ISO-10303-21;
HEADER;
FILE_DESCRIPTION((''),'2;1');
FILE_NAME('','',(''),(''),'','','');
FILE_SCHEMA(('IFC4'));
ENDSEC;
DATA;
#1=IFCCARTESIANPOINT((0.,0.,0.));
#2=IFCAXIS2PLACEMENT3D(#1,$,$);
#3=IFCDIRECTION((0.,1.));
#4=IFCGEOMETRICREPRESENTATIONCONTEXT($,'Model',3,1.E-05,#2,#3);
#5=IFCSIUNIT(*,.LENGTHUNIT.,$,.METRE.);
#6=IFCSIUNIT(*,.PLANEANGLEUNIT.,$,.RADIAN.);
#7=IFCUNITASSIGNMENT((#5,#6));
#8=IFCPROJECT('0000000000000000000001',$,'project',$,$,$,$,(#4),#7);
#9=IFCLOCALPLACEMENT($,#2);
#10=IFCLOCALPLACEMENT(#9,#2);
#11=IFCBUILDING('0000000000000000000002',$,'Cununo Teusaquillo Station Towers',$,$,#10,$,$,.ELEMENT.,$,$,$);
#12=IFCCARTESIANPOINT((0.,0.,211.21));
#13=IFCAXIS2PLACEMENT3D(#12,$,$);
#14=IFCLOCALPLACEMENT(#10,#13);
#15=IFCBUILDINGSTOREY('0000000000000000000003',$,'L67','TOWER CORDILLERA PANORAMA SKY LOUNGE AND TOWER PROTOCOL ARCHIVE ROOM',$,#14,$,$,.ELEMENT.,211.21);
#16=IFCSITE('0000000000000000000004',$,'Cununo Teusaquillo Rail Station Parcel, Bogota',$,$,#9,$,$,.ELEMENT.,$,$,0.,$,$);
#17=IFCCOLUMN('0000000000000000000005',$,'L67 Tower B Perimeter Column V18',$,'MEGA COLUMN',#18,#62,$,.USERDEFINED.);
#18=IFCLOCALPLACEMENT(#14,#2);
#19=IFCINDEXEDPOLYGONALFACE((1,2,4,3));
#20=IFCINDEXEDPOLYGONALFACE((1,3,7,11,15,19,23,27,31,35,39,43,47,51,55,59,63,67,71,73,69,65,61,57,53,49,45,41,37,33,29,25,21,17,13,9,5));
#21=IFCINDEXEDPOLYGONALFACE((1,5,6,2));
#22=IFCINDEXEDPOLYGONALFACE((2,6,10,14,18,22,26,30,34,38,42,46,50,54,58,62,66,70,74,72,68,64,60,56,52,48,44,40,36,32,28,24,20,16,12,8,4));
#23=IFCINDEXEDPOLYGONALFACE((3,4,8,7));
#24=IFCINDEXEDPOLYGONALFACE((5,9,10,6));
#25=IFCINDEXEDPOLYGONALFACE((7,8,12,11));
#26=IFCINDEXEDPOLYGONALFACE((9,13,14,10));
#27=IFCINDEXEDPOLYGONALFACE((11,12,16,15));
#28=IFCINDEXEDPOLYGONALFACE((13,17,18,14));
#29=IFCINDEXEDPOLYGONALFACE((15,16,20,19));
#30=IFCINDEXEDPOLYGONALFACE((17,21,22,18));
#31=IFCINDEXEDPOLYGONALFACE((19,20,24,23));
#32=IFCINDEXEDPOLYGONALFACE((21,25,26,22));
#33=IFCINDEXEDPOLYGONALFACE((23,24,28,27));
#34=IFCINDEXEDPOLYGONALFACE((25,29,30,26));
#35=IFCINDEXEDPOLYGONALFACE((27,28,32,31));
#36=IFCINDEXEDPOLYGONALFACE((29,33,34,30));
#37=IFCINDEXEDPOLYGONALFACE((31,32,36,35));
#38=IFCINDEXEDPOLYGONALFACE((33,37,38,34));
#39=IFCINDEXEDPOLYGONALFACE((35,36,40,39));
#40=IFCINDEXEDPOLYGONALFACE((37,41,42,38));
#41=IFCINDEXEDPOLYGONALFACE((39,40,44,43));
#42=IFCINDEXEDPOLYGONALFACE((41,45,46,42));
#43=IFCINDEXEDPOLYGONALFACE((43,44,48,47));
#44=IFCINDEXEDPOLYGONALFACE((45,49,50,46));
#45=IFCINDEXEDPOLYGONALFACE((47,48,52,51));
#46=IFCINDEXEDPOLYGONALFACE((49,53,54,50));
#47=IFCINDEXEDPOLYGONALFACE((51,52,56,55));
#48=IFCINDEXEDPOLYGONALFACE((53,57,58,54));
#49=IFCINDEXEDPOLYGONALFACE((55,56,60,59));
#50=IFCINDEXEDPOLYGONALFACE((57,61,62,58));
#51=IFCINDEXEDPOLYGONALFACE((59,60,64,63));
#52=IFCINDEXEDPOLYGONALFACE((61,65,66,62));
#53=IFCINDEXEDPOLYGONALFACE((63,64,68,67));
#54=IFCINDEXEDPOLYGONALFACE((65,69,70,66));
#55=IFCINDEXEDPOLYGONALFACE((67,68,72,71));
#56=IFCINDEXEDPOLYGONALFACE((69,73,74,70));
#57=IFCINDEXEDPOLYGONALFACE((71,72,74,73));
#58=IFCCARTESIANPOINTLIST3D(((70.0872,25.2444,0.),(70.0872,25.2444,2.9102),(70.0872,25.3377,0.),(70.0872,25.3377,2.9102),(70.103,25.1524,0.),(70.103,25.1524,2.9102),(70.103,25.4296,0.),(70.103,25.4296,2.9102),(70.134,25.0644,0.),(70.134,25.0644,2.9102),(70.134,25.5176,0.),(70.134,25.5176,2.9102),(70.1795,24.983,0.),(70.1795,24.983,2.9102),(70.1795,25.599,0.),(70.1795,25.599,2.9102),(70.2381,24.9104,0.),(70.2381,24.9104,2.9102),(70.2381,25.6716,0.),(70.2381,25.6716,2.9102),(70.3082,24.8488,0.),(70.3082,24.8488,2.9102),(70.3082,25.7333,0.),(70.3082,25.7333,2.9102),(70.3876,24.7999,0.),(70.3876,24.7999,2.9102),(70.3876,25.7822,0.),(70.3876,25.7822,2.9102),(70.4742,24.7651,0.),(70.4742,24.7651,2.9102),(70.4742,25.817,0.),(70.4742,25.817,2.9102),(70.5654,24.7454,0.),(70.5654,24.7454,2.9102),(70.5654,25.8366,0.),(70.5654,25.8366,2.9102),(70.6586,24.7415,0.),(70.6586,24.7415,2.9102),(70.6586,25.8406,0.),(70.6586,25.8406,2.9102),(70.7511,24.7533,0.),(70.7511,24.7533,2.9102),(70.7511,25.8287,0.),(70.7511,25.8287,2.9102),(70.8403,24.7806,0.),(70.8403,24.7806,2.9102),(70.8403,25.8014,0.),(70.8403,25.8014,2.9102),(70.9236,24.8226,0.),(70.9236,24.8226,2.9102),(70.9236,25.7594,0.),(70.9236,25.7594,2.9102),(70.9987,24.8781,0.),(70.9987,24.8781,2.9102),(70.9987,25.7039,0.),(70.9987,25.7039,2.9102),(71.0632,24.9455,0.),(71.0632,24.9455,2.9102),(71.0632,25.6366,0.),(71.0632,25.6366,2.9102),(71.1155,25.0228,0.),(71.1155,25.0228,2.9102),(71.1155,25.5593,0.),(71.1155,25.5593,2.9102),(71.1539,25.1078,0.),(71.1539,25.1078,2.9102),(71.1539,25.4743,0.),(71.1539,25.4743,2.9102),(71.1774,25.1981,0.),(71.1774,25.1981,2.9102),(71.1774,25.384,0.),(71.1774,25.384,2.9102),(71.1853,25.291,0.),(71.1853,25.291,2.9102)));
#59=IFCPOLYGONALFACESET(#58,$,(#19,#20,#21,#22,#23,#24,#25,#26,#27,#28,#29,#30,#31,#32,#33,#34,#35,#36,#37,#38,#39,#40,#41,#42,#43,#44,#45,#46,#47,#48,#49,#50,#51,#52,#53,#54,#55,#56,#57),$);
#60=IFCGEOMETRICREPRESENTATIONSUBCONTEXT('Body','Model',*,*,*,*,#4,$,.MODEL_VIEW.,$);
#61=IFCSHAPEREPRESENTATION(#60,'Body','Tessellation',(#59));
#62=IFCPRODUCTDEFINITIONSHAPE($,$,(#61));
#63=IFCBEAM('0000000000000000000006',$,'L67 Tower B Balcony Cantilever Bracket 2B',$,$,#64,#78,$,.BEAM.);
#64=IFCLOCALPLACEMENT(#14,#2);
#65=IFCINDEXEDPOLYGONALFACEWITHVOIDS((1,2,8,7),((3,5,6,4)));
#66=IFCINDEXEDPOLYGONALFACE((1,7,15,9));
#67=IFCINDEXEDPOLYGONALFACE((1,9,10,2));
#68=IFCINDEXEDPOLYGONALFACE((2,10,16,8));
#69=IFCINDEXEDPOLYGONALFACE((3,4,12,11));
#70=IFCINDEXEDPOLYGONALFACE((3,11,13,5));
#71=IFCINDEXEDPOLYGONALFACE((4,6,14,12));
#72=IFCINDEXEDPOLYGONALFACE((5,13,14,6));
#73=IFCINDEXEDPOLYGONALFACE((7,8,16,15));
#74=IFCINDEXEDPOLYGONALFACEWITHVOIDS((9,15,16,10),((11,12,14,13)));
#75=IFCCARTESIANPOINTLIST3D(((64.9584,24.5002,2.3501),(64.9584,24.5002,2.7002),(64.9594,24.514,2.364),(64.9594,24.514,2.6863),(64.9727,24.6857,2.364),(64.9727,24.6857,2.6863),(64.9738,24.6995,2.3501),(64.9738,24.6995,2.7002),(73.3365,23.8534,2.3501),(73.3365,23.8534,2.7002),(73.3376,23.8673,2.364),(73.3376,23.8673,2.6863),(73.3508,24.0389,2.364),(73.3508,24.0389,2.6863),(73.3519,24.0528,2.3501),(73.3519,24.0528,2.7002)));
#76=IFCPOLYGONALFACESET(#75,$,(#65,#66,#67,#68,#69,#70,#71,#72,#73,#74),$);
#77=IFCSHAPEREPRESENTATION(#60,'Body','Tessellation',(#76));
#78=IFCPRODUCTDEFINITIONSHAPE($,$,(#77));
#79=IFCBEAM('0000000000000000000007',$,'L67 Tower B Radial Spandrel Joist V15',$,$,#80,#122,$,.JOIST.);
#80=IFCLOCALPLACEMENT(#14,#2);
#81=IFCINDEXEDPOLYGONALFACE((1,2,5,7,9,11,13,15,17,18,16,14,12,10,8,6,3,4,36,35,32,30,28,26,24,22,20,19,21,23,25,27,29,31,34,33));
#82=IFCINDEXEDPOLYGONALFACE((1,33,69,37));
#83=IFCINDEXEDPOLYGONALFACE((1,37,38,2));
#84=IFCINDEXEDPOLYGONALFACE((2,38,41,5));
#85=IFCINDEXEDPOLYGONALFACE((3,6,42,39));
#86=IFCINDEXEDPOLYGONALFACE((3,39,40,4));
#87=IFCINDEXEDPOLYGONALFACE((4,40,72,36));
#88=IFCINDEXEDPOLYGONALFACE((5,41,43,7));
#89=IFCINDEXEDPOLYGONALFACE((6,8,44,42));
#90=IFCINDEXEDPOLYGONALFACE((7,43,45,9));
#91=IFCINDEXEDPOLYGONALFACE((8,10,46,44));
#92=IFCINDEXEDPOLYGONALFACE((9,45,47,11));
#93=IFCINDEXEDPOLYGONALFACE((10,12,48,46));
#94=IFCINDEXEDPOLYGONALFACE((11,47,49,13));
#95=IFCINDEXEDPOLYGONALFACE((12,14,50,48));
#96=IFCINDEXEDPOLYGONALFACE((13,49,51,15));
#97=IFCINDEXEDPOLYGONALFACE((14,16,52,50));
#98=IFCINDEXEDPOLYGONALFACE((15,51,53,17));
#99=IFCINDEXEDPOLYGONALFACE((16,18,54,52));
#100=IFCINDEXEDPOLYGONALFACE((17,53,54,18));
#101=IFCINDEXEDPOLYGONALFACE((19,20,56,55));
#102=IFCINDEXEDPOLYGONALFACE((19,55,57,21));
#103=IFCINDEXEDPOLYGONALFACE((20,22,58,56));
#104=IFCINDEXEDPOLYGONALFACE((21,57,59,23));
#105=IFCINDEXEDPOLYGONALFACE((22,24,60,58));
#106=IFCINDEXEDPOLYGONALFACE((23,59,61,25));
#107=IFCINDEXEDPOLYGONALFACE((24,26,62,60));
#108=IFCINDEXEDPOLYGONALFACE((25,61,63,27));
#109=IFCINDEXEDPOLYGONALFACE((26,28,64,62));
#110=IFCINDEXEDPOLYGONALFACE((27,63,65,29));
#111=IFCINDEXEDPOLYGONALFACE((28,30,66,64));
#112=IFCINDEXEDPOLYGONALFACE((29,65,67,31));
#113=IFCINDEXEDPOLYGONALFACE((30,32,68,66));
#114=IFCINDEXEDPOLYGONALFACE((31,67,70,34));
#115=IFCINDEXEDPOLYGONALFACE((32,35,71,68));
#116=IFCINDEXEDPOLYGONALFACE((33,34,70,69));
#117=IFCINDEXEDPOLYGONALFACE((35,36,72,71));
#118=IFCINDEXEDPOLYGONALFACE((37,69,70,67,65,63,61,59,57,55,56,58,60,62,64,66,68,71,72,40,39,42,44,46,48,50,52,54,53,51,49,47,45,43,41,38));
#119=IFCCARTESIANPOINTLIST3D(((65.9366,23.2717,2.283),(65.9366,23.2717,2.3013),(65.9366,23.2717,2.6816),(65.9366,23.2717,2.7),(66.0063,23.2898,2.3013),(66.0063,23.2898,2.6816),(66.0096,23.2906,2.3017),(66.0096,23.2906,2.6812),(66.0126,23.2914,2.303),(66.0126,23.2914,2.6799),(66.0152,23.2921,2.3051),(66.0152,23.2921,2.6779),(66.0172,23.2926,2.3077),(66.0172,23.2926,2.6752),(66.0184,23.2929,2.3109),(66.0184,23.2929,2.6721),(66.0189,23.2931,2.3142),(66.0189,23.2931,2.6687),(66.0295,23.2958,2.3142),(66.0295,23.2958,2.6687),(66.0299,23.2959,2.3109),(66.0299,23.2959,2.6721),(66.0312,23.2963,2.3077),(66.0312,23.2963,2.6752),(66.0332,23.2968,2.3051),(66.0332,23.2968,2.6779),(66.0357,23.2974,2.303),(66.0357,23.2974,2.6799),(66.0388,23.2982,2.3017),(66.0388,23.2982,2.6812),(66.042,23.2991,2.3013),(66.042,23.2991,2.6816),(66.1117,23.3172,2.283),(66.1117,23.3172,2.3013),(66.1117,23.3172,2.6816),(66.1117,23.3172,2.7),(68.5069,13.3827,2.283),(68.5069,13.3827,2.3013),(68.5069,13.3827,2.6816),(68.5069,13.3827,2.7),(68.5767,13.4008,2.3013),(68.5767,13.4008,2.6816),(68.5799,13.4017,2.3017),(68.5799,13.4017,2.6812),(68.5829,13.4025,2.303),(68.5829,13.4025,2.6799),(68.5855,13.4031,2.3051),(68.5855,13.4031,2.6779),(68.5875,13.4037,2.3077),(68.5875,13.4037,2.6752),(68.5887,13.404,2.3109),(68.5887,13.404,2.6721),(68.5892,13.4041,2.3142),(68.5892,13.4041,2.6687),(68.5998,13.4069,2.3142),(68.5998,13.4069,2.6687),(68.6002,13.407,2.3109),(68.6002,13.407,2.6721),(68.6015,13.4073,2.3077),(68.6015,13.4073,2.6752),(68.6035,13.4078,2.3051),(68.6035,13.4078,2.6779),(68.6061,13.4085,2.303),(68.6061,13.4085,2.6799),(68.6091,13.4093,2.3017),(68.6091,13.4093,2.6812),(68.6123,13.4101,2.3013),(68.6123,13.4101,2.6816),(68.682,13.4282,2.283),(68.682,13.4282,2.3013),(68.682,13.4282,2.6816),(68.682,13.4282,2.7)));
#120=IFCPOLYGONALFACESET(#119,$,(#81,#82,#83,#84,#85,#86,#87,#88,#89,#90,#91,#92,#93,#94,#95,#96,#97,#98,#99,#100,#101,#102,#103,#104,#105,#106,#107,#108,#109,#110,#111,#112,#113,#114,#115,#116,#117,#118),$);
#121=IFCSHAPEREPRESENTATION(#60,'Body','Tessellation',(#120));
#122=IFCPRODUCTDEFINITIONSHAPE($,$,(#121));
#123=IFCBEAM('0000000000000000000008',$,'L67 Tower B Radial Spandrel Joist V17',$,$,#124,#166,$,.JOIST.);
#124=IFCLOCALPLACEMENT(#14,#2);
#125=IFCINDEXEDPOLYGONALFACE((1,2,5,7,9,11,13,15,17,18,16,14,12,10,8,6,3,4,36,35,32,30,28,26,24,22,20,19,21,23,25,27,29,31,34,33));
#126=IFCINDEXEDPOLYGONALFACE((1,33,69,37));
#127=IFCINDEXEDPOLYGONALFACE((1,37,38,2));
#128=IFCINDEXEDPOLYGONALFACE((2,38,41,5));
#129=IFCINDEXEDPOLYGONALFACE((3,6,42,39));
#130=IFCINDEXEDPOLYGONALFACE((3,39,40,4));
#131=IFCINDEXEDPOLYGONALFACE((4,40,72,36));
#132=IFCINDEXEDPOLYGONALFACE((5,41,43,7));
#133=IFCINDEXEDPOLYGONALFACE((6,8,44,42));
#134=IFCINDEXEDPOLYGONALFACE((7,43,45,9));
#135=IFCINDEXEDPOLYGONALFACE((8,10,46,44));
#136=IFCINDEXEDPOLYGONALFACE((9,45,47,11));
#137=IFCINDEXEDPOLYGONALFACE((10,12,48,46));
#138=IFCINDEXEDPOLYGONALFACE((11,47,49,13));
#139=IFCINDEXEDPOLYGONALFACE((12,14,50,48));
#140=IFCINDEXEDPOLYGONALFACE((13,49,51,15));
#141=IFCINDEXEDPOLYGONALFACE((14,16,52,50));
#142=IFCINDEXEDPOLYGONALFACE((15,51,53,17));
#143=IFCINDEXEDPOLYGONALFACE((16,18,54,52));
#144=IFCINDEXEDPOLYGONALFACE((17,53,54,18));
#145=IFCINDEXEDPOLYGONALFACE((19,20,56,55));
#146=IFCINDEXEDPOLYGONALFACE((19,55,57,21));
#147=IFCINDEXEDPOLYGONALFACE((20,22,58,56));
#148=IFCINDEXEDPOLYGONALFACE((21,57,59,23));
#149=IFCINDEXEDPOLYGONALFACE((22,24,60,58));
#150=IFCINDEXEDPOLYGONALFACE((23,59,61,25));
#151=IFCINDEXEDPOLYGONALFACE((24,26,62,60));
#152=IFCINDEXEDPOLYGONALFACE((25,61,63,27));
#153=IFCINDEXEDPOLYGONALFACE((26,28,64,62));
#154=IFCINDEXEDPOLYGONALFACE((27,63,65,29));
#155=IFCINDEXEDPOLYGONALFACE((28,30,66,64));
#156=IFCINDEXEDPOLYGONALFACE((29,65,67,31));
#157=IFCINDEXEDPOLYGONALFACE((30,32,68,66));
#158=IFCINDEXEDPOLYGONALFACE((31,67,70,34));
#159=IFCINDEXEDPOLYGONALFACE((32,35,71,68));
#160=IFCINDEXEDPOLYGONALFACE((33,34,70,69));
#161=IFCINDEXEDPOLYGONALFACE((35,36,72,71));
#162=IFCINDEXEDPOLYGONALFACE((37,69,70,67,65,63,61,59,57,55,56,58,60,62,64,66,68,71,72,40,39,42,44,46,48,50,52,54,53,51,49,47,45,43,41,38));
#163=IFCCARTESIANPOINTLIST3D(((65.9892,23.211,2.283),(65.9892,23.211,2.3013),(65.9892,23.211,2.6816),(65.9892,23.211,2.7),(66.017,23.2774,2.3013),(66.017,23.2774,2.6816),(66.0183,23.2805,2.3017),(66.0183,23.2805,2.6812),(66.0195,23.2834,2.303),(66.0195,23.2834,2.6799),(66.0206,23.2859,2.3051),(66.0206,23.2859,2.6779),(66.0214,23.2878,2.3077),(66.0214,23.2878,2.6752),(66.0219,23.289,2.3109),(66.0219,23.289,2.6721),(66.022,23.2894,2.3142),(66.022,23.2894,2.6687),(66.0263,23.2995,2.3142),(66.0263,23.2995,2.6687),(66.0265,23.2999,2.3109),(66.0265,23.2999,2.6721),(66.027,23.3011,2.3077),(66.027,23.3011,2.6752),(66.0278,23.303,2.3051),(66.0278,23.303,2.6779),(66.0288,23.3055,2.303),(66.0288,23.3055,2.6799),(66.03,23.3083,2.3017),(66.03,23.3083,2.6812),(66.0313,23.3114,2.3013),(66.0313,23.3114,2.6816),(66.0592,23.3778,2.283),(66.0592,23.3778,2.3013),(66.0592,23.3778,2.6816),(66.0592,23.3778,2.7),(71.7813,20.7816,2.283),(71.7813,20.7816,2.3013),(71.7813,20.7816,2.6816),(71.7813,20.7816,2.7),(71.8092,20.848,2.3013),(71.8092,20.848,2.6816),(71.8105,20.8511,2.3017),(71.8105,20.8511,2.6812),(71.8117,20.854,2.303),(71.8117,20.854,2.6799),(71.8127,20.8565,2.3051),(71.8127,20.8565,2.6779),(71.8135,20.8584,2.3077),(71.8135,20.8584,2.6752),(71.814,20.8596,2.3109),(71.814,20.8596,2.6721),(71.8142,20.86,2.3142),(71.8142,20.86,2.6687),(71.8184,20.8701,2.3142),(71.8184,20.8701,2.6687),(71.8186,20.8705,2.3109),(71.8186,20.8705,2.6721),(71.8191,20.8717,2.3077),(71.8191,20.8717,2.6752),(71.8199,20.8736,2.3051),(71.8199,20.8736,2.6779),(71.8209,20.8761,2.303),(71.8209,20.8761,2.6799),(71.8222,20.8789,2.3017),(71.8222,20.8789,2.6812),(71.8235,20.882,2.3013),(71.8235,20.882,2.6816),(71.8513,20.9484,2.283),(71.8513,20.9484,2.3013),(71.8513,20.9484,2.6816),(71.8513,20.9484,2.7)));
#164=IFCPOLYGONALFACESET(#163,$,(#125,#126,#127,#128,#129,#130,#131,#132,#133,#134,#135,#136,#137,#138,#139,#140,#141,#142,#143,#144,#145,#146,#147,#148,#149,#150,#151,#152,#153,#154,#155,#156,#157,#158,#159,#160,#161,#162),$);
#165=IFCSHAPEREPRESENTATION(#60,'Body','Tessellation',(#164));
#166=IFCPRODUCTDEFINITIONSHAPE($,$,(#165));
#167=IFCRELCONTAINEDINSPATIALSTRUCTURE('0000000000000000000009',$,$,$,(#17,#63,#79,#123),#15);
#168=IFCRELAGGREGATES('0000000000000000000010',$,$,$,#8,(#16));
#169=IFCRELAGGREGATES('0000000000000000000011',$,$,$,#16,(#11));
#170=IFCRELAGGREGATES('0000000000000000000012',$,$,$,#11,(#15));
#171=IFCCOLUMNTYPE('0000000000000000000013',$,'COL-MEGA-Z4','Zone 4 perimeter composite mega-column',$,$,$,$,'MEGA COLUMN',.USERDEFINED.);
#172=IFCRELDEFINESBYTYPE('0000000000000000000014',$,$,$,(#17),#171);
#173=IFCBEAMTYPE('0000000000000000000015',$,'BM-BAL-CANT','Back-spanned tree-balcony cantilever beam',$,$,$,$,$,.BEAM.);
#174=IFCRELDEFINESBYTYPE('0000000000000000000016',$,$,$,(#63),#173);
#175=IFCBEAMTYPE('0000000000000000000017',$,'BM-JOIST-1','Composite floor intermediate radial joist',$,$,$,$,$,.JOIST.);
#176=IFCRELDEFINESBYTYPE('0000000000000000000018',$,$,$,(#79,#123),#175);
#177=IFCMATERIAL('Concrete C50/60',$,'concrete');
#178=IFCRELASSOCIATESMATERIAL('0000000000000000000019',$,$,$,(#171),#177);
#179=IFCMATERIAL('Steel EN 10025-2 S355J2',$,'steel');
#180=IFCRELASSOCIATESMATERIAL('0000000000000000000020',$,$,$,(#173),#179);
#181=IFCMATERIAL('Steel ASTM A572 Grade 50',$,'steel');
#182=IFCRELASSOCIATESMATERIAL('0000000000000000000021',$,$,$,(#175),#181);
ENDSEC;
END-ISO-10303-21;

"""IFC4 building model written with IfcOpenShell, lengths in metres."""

from ifc_helpers import new_model, si_unit, direction, frame, origin, origin_2d, place, context, subcontext, project, spatial, hollow_rectangle, circle, i_section, extrude, material, material_profile, profile_set, type_object, element, save


model = new_model("IFC4")

# Units and contexts
model_context = context("Model", 3, precision=1e-05, world=origin(), true_north=direction((0.0, 1.0)))
body_context = subcontext(model_context, "Body", "Model", "MODEL_VIEW")
ifc_project = project(units=[si_unit("LENGTHUNIT", "METRE"), si_unit("PLANEANGLEUNIT", "RADIAN")], contexts=[model_context])

# Site, building, storey
site_placement = place(None, origin())
site = spatial("IfcSite", under=ifc_project, at=site_placement, Name="Cununo Teusaquillo Rail Station Parcel, Bogota", CompositionType="ELEMENT", RefElevation=0.0)
building_placement = place(site_placement, origin())
building = spatial("IfcBuilding", under=site, at=building_placement, Name="Cununo Teusaquillo Station Towers", CompositionType="ELEMENT")
storey_placement = place(building_placement, frame((0.0, 0.0, 211.21)))
storey = spatial("IfcBuildingStorey", under=building, at=storey_placement, Name="L67", Description="TOWER CORDILLERA PANORAMA SKY LOUNGE AND TOWER PROTOCOL ARCHIVE ROOM", CompositionType="ELEMENT", Elevation=211.21)

# Column
ifc_material_1 = material(Name="Concrete C50/60", Category="concrete")
ifc_material_profile_1 = material_profile(ifc_material_1, circle(Radius=0.55, at=origin_2d()), Name="RC-CIRC-1100")
ifc_profile_set_1 = profile_set([ifc_material_profile_1], Name="Concrete C50/60")
column_type = type_object("IfcColumnType", Name="COL-MEGA-Z4", Description="Zone 4 perimeter composite mega-column", ElementType="MEGA COLUMN", PredefinedType="USERDEFINED", material=ifc_profile_set_1)
column_placement = place(storey_placement, frame((70.6353, 25.291, 0.0), z_axis=(0.0, 0.0, 1.0), x_axis=(1.0, 0.0, 0.0)))
element("IfcColumn", 1, at=column_placement, inside=storey, type_object=column_type, Name="L67 Tower B Perimeter Column V18", ObjectType="MEGA COLUMN", PredefinedType="USERDEFINED", context=body_context, shape_type="SweptSolid", body=[
    extrude(circle(Radius=0.55, at=origin_2d()), origin(), (0.0, 0.0, 1.0), 2.9102),
])

# Beams
ifc_material_2 = material(Name="Steel EN 10025-2 S355J2", Category="steel")
ifc_material_profile_2 = material_profile(ifc_material_2, hollow_rectangle(XDim=0.2, YDim=0.3501, WallThickness=0.0139, at=origin_2d()), Name="RHS 350x200x14")
ifc_profile_set_2 = profile_set([ifc_material_profile_2], Name="Steel EN 10025-2 S355J2")
beam_type_1 = type_object("IfcBeamType", Name="BM-BAL-CANT", Description="Back-spanned tree-balcony cantilever beam", PredefinedType="BEAM", material=ifc_profile_set_2)
beam_1_placement = place(storey_placement, frame((64.9661, 24.5999, 2.5251), z_axis=(0.997034, -0.076963, 0.0), x_axis=(0.076963, 0.997034, 0.0)))
element("IfcBeam", 2, at=beam_1_placement, inside=storey, type_object=beam_type_1, Name="L67 Tower B Balcony Cantilever Bracket 2B", PredefinedType="BEAM", context=body_context, shape_type="SweptSolid", body=[
    extrude(hollow_rectangle(XDim=0.2, YDim=0.3501, WallThickness=0.0139, at=origin_2d()), origin(), (0.0, 0.0, 1.0), 8.4031),
])
ifc_material_3 = material(Name="Steel ASTM A572 Grade 50", Category="steel")
ifc_material_profile_3 = material_profile(ifc_material_3, i_section(OverallWidth=0.1809, OverallDepth=0.417, WebThickness=0.011, FlangeThickness=0.0183, FilletRadius=0.0129, at=origin_2d()), Name="W16X57")
ifc_profile_set_3 = profile_set([ifc_material_profile_3], Name="Steel ASTM A572 Grade 50")
beam_type_2 = type_object("IfcBeamType", Name="BM-JOIST-1", Description="Composite floor intermediate radial joist", PredefinedType="JOIST", material=ifc_profile_set_3)
beam_2_placement = place(storey_placement, frame((66.0242, 23.2944, 2.4915), z_axis=(0.25156, -0.967842, 0.0), x_axis=(0.967842, 0.25156, 0.0)))
element("IfcBeam", 3, at=beam_2_placement, inside=storey, type_object=beam_type_2, Name="L67 Tower B Radial Spandrel Joist V15", PredefinedType="JOIST", context=body_context, shape_type="SweptSolid", body=[
    extrude(i_section(OverallWidth=0.1809, OverallDepth=0.417, WebThickness=0.011, FlangeThickness=0.0183, FilletRadius=0.0129, at=origin_2d()), origin(), (0.0, 0.0, 1.0), 10.2175),
])
beam_3_placement = place(storey_placement, frame((66.0242, 23.2944, 2.4915), z_axis=(0.922169, -0.386786, 0.0), x_axis=(0.386786, 0.922169, 0.0)))
element("IfcBeam", 4, at=beam_3_placement, inside=storey, type_object=beam_type_2, Name="L67 Tower B Radial Spandrel Joist V17", PredefinedType="JOIST", context=body_context, shape_type="SweptSolid", body=[
    extrude(i_section(OverallWidth=0.1809, OverallDepth=0.417, WebThickness=0.011, FlangeThickness=0.0183, FilletRadius=0.0129, at=origin_2d()), origin(), (0.0, 0.0, 1.0), 6.281),
])

save(model, "model.ifc")
